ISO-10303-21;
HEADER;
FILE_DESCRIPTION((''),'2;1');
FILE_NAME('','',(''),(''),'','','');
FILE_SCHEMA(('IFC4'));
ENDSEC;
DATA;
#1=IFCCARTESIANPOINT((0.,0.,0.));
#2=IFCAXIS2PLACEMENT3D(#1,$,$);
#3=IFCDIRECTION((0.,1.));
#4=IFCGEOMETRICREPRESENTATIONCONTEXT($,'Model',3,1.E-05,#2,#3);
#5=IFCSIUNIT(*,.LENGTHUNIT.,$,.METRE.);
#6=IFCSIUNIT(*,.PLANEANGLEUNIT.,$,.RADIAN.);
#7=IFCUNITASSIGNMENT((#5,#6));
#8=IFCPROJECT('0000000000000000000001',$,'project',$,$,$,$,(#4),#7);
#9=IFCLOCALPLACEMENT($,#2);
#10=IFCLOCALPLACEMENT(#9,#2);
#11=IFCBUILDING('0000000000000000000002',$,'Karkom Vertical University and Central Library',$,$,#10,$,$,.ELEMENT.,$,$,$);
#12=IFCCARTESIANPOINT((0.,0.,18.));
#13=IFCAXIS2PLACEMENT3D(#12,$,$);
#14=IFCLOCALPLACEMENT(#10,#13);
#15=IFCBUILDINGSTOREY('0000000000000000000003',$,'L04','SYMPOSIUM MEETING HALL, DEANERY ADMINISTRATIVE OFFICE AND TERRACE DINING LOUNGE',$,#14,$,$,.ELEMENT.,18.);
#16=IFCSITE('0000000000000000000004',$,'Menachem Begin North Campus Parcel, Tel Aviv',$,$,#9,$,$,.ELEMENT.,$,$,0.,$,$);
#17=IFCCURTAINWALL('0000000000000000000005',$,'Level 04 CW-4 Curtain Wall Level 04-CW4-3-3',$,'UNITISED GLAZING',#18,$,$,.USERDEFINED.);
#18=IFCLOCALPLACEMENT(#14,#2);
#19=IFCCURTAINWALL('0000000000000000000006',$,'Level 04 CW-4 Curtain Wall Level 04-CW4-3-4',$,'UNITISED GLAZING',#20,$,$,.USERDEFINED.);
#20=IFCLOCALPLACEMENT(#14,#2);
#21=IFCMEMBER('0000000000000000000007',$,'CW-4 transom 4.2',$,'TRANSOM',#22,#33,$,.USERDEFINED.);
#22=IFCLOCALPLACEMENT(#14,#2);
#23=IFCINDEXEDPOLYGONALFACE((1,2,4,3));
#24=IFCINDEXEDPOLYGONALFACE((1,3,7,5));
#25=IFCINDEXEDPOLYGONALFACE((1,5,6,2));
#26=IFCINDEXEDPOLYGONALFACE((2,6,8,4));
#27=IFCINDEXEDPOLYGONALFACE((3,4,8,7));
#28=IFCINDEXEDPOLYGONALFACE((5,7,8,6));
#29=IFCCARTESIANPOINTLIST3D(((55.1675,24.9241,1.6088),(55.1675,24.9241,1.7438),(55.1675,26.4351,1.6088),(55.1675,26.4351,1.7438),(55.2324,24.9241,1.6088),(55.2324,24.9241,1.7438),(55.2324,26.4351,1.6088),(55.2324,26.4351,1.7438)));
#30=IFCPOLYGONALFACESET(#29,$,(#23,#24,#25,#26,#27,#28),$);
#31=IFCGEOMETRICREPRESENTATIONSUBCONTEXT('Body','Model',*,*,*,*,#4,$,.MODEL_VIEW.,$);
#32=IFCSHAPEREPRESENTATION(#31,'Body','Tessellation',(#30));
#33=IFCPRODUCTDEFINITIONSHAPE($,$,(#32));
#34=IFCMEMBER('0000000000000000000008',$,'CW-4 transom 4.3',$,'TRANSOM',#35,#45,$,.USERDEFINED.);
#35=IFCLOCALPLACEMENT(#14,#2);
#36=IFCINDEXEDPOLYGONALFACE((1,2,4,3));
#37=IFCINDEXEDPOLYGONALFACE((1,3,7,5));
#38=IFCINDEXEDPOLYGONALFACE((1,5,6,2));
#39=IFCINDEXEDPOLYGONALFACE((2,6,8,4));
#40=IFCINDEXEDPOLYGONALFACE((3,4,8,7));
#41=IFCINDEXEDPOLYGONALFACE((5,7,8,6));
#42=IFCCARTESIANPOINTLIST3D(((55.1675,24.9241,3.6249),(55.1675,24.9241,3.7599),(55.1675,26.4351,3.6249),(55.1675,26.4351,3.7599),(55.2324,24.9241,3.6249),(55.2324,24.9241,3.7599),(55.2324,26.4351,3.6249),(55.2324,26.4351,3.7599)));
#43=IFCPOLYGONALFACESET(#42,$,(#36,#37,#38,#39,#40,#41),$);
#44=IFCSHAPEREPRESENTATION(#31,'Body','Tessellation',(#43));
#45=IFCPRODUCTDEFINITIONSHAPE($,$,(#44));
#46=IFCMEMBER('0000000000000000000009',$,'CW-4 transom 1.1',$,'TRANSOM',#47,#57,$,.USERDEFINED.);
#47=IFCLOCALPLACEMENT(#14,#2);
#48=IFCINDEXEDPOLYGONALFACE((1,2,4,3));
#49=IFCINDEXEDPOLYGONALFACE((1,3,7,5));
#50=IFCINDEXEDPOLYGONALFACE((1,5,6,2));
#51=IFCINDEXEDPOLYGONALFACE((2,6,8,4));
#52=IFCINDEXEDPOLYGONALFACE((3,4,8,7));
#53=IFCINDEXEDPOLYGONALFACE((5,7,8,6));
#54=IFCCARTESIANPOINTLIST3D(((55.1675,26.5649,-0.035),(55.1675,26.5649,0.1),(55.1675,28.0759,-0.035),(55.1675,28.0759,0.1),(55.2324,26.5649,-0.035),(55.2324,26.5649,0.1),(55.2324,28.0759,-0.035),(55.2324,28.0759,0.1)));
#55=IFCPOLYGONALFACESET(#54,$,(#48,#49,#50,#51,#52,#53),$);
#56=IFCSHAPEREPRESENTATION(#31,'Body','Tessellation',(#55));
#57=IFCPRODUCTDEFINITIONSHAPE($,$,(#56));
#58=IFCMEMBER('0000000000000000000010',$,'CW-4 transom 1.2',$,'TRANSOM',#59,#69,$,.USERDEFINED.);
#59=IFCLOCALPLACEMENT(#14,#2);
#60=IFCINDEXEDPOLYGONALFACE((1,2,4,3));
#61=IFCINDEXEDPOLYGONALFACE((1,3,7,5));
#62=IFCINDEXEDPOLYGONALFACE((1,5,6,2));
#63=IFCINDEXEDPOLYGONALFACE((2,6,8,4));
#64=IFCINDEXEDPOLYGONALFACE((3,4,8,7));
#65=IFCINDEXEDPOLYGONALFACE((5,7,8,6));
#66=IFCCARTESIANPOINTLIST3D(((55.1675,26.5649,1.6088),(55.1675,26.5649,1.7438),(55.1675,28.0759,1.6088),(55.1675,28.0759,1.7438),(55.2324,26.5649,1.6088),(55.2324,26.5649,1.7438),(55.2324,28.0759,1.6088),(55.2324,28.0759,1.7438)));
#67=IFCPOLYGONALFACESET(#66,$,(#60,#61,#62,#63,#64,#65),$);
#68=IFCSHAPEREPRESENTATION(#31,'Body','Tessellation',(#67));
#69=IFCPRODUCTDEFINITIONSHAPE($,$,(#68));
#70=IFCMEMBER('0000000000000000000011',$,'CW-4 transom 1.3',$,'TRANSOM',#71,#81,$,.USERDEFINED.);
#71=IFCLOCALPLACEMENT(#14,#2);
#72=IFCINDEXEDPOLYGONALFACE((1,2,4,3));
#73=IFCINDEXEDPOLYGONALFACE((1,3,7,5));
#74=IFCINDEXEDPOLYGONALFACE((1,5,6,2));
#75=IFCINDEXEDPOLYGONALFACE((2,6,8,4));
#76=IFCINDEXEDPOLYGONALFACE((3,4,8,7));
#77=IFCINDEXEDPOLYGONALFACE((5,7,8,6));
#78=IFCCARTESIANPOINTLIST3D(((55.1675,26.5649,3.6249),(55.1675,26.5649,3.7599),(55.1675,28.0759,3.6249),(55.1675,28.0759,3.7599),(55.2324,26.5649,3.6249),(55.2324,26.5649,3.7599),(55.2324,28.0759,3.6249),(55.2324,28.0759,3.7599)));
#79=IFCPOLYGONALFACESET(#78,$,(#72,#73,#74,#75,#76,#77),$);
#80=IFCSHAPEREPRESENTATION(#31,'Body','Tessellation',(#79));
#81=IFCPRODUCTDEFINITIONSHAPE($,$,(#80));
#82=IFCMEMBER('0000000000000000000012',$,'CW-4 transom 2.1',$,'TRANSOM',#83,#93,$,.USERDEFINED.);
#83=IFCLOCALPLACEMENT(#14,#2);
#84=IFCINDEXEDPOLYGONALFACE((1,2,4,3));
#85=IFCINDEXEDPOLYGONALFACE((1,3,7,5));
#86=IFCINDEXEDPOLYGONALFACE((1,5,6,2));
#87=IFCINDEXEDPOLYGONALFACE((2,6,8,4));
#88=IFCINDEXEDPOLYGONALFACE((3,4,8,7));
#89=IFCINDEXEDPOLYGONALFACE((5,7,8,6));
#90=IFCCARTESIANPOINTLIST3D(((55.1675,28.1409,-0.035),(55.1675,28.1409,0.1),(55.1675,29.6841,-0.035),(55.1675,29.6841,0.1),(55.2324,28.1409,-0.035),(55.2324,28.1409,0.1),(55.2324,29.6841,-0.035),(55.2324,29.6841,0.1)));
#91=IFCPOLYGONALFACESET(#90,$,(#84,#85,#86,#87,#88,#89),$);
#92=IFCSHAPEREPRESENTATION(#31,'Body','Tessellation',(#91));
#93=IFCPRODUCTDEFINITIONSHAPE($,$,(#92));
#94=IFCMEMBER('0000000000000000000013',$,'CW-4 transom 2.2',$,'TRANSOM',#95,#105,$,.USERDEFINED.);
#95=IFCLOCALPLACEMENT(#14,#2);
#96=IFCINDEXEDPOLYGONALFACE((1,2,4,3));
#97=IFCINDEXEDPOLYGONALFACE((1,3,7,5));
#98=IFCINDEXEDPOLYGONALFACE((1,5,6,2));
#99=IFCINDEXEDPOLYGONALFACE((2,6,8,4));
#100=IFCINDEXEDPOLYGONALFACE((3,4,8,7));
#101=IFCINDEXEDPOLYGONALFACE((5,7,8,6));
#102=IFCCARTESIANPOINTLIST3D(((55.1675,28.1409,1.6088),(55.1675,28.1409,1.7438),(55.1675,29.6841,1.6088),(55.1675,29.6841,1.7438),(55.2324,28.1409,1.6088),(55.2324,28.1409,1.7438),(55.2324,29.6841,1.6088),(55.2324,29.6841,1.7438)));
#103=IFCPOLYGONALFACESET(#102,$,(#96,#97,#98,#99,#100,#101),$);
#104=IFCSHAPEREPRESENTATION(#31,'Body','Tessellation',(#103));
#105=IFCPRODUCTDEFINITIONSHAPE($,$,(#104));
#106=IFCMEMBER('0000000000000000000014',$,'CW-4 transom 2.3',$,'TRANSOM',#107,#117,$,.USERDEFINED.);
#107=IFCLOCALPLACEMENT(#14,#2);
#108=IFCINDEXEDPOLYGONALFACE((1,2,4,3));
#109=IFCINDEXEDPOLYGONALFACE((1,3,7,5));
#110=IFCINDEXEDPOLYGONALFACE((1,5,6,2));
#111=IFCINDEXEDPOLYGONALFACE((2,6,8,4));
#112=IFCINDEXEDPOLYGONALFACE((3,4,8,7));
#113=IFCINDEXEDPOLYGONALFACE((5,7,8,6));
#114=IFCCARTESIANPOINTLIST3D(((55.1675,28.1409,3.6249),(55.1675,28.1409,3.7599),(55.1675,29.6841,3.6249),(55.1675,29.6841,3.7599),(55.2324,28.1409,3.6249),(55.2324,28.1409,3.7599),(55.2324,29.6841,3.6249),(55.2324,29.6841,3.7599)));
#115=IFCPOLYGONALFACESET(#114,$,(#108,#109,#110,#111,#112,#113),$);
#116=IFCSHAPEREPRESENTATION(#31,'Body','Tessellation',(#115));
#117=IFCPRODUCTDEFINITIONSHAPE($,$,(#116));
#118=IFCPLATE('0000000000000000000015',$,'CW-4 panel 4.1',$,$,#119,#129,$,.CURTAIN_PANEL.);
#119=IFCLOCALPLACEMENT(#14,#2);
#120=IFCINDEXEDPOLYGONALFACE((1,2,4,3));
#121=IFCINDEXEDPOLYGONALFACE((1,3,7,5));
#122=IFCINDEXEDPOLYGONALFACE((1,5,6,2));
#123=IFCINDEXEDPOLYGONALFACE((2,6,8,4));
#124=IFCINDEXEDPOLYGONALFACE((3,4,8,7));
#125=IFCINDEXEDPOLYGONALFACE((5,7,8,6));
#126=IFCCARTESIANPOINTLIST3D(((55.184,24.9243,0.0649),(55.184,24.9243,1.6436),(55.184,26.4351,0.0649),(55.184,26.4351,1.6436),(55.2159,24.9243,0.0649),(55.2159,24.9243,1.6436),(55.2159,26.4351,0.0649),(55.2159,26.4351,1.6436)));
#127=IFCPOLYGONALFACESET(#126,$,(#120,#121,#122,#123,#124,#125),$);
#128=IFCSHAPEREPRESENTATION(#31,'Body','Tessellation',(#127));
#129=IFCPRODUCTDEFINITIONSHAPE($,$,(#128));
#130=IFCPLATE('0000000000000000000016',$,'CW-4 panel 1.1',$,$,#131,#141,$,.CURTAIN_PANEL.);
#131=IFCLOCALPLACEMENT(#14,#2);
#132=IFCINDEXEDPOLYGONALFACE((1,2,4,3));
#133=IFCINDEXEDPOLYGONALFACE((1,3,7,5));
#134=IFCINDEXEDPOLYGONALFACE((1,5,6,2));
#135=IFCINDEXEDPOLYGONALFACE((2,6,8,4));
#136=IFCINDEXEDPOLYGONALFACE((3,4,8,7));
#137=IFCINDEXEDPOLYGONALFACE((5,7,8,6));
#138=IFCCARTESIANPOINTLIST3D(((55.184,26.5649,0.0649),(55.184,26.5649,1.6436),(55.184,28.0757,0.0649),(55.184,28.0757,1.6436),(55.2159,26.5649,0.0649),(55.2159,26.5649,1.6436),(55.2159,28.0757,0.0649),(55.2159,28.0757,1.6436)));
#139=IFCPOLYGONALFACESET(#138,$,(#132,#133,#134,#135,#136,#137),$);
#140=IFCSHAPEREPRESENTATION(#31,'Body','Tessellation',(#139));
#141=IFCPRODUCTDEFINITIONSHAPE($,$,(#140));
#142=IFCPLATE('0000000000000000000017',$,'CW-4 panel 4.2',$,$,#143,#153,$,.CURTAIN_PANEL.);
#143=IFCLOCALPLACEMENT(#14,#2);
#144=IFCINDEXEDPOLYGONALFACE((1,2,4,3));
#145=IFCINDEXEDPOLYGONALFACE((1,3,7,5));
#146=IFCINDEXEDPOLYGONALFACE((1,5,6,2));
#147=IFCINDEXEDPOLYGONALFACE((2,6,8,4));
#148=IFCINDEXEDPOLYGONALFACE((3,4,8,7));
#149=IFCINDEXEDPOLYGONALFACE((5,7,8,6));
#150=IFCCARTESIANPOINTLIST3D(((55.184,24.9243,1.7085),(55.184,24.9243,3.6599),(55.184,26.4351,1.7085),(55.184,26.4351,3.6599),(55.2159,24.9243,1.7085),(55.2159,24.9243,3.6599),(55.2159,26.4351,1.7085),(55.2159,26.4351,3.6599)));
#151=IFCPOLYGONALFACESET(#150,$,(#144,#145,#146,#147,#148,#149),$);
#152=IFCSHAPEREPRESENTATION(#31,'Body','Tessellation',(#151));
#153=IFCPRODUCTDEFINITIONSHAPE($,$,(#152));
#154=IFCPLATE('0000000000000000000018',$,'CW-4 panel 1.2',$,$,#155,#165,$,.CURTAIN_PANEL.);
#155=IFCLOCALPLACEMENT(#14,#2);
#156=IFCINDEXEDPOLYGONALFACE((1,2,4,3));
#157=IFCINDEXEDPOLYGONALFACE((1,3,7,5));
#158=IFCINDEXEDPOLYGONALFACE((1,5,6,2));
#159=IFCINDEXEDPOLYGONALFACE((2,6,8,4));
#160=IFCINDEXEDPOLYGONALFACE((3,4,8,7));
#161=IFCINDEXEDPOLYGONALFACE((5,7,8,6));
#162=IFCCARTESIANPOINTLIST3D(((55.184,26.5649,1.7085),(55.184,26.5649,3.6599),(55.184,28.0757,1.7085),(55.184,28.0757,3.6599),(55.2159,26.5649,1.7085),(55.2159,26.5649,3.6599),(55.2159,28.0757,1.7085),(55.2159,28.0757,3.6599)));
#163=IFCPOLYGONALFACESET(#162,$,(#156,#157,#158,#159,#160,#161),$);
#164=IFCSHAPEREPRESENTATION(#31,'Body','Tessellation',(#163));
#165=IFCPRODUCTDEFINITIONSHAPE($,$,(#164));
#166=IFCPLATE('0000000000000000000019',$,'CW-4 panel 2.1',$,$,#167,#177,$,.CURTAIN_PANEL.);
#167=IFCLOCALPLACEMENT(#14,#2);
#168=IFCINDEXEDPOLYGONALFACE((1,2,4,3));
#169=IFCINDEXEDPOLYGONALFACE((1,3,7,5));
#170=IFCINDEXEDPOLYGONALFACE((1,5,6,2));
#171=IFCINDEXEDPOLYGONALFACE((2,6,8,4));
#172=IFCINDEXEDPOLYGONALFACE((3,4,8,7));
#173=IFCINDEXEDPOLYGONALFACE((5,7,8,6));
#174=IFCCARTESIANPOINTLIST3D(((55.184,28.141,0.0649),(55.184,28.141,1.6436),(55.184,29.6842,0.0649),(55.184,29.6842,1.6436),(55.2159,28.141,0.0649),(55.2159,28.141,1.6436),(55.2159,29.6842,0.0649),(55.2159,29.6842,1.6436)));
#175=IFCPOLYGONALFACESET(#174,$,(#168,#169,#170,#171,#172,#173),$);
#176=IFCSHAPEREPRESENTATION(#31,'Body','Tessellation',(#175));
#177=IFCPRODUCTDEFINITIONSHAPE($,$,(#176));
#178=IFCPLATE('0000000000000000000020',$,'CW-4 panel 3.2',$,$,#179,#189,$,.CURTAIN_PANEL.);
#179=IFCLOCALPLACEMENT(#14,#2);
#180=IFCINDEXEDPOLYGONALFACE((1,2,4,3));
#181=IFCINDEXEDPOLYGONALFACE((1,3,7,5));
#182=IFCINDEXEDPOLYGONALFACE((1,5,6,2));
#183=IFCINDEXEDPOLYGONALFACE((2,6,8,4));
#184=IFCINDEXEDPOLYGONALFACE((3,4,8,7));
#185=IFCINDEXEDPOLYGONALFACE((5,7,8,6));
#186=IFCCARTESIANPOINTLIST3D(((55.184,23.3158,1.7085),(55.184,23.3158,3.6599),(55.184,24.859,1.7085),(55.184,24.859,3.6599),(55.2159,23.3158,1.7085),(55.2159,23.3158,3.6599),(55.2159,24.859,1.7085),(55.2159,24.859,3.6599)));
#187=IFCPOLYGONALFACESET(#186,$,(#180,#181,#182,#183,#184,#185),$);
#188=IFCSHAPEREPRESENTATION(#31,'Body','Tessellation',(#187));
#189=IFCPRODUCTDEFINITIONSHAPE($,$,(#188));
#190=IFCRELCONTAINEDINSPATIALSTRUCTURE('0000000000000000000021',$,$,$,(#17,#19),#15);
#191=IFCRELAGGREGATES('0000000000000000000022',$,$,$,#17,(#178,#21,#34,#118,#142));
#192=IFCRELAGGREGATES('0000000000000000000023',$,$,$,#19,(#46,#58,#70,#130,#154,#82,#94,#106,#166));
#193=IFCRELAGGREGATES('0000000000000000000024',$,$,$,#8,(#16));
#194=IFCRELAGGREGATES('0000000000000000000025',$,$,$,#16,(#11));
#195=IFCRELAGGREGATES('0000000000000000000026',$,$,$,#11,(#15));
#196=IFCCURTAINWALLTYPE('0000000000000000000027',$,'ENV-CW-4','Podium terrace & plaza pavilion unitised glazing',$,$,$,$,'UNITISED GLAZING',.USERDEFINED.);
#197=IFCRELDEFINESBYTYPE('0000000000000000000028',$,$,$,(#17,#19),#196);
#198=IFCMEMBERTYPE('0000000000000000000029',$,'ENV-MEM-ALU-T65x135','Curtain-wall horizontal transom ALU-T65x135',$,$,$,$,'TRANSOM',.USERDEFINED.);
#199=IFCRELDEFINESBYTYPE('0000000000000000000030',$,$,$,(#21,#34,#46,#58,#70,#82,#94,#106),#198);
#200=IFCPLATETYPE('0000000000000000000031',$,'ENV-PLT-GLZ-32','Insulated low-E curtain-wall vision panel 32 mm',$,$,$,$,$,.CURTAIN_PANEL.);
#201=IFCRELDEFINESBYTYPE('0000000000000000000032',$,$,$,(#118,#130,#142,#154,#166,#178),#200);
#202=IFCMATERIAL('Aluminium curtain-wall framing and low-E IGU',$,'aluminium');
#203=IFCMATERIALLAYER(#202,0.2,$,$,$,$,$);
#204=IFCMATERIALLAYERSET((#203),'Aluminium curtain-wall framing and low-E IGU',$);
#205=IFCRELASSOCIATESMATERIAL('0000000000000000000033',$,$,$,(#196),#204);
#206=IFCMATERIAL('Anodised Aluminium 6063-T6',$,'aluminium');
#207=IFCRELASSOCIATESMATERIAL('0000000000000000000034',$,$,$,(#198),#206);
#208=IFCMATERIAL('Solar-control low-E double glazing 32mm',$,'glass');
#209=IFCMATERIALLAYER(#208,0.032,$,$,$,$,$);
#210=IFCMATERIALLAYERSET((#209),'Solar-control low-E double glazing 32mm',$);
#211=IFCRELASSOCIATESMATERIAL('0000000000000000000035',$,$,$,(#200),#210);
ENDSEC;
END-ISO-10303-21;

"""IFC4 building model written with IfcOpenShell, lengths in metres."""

from ifc_helpers import new_model, si_unit, direction, frame, origin, origin_with_axes, origin_2d, place, context, subcontext, project, spatial, rectangle, extrude, source, transform, mapped, material, layer, layer_set, material_profile, profile_set, type_object, element, aggregate, save


model = new_model("IFC4")

# Units and contexts
model_context = context("Model", 3, precision=1e-05, world=origin(), true_north=direction((0.0, 1.0)))
body_context = subcontext(model_context, "Body", "Model", "MODEL_VIEW")
ifc_project = project(units=[si_unit("LENGTHUNIT", "METRE"), si_unit("PLANEANGLEUNIT", "RADIAN")], contexts=[model_context])

# Site, building, storey
site_placement = place(None, origin())
site = spatial("IfcSite", under=ifc_project, at=site_placement, Name="Menachem Begin North Campus Parcel, Tel Aviv", CompositionType="ELEMENT", RefElevation=0.0)
building_placement = place(site_placement, origin())
building = spatial("IfcBuilding", under=site, at=building_placement, Name="Karkom Vertical University and Central Library", CompositionType="ELEMENT")
storey_placement = place(building_placement, frame((0.0, 0.0, 18.0)))
storey = spatial("IfcBuildingStorey", under=building, at=storey_placement, Name="L04", Description="SYMPOSIUM MEETING HALL, DEANERY ADMINISTRATIVE OFFICE AND TERRACE DINING LOUNGE", CompositionType="ELEMENT", Elevation=18.0)

# Curtain walls
ifc_material_1 = material(Name="Aluminium curtain-wall framing and low-E IGU", Category="aluminium")
ifc_layer_1 = layer(ifc_material_1, 0.2)
ifc_layer_set_1 = layer_set([ifc_layer_1], Name="Aluminium curtain-wall framing and low-E IGU")
curtain_wall_type = type_object("IfcCurtainWallType", Name="ENV-CW-4", Description="Podium terrace & plaza pavilion unitised glazing", ElementType="UNITISED GLAZING", PredefinedType="USERDEFINED", material=ifc_layer_set_1)
curtain_wall_1_placement = place(storey_placement, origin())
curtain_wall_1 = element("IfcCurtainWall", 1, at=curtain_wall_1_placement, inside=storey, type_object=curtain_wall_type, Name="Level 04 CW-4 Curtain Wall Level 04-CW4-3-3", ObjectType="UNITISED GLAZING", PredefinedType="USERDEFINED")
ifc_material_2 = material(Name="Anodised Aluminium 6063-T6", Category="aluminium")
curtain_wall_2_placement = place(storey_placement, origin())
curtain_wall_2 = element("IfcCurtainWall", 2, at=curtain_wall_2_placement, inside=storey, type_object=curtain_wall_type, Name="Level 04 CW-4 Curtain Wall Level 04-CW4-3-4", ObjectType="UNITISED GLAZING", PredefinedType="USERDEFINED")

# Members
ifc_material_profile_1 = material_profile(ifc_material_2, rectangle(XDim=0.0649, YDim=0.135, at=origin_2d()), Name="ALU-T65x135")
ifc_profile_set_1 = profile_set([ifc_material_profile_1], Name="Anodised Aluminium 6063-T6")
member_type_1 = type_object("IfcMemberType", Name="ENV-MEM-ALU-T65x135", Description="Curtain-wall horizontal transom ALU-T65x135", ElementType="TRANSOM", PredefinedType="USERDEFINED", material=ifc_profile_set_1)
shared_shape_1 = source(origin_with_axes(), body_context, "Body", "SweptSolid", [
    extrude(rectangle(XDim=0.0649, YDim=0.135, at=origin_2d()), origin(), (0.0, 0.0, 1.0), 1.511),
])
member_1_placement = place(storey_placement, frame((55.2, 24.9241, 1.6763), z_axis=(0.0, 1.0, 0.0), x_axis=(-1.0, 0.0, 0.0)))
member_1 = element("IfcMember", 3, at=member_1_placement, type_object=member_type_1, Name="CW-4 transom 4.2", ObjectType="TRANSOM", PredefinedType="USERDEFINED", context=body_context, shape_type="MappedRepresentation", body=[
    mapped(shared_shape_1, transform((0.0, 0.0, 0.0), scale=1.0)),
])
member_2_placement = place(storey_placement, frame((55.2, 24.9241, 3.6924), z_axis=(0.0, 1.0, 0.0), x_axis=(-1.0, 0.0, 0.0)))
member_2 = element("IfcMember", 4, at=member_2_placement, type_object=member_type_1, Name="CW-4 transom 4.3", ObjectType="TRANSOM", PredefinedType="USERDEFINED", context=body_context, shape_type="MappedRepresentation", body=[
    mapped(shared_shape_1, transform((0.0, 0.0, 0.0), scale=1.0)),
])
member_3_placement = place(storey_placement, frame((55.2, 26.5649, 0.0325), z_axis=(0.0, 1.0, 0.0), x_axis=(-1.0, 0.0, 0.0)))
member_3 = element("IfcMember", 5, at=member_3_placement, type_object=member_type_1, Name="CW-4 transom 1.1", ObjectType="TRANSOM", PredefinedType="USERDEFINED", context=body_context, shape_type="MappedRepresentation", body=[
    mapped(shared_shape_1, transform((0.0, 0.0, 0.0), scale=1.0)),
])
member_4_placement = place(storey_placement, frame((55.2, 26.5649, 1.6763), z_axis=(0.0, 1.0, 0.0), x_axis=(-1.0, 0.0, 0.0)))
member_4 = element("IfcMember", 6, at=member_4_placement, type_object=member_type_1, Name="CW-4 transom 1.2", ObjectType="TRANSOM", PredefinedType="USERDEFINED", context=body_context, shape_type="MappedRepresentation", body=[
    mapped(shared_shape_1, transform((0.0, 0.0, 0.0), scale=1.0)),
])
member_5_placement = place(storey_placement, frame((55.2, 26.5649, 3.6924), z_axis=(0.0, 1.0, 0.0), x_axis=(-1.0, 0.0, 0.0)))
member_5 = element("IfcMember", 7, at=member_5_placement, type_object=member_type_1, Name="CW-4 transom 1.3", ObjectType="TRANSOM", PredefinedType="USERDEFINED", context=body_context, shape_type="MappedRepresentation", body=[
    mapped(shared_shape_1, transform((0.0, 0.0, 0.0), scale=1.0)),
])
shared_shape_2 = source(origin_with_axes(), body_context, "Body", "SweptSolid", [
    extrude(rectangle(XDim=0.0649, YDim=0.135, at=origin_2d()), origin(), (0.0, 0.0, 1.0), 1.5432),
])
member_6_placement = place(storey_placement, frame((55.2, 28.1409, 0.0325), z_axis=(0.0, 1.0, 0.0), x_axis=(-1.0, 0.0, 0.0)))
member_6 = element("IfcMember", 8, at=member_6_placement, type_object=member_type_1, Name="CW-4 transom 2.1", ObjectType="TRANSOM", PredefinedType="USERDEFINED", context=body_context, shape_type="MappedRepresentation", body=[
    mapped(shared_shape_2, transform((0.0, 0.0, 0.0), scale=1.0)),
])
member_7_placement = place(storey_placement, frame((55.2, 28.1409, 1.6763), z_axis=(0.0, 1.0, 0.0), x_axis=(-1.0, 0.0, 0.0)))
member_7 = element("IfcMember", 9, at=member_7_placement, type_object=member_type_1, Name="CW-4 transom 2.2", ObjectType="TRANSOM", PredefinedType="USERDEFINED", context=body_context, shape_type="MappedRepresentation", body=[
    mapped(shared_shape_2, transform((0.0, 0.0, 0.0), scale=1.0)),
])
member_8_placement = place(storey_placement, frame((55.2, 28.1409, 3.6924), z_axis=(0.0, 1.0, 0.0), x_axis=(-1.0, 0.0, 0.0)))
member_8 = element("IfcMember", 10, at=member_8_placement, type_object=member_type_1, Name="CW-4 transom 2.3", ObjectType="TRANSOM", PredefinedType="USERDEFINED", context=body_context, shape_type="MappedRepresentation", body=[
    mapped(shared_shape_2, transform((0.0, 0.0, 0.0), scale=1.0)),
])

# Plates
ifc_material_3 = material(Name="Solar-control low-E double glazing 32mm", Category="glass")
ifc_layer_2 = layer(ifc_material_3, 0.032)
ifc_layer_set_2 = layer_set([ifc_layer_2], Name="Solar-control low-E double glazing 32mm")
plate_type = type_object("IfcPlateType", Name="ENV-PLT-GLZ-32", Description="Insulated low-E curtain-wall vision panel 32 mm", PredefinedType="CURTAIN_PANEL", material=ifc_layer_set_2)
shared_shape_3 = source(origin_with_axes(), body_context, "Body", "SweptSolid", [
    extrude(rectangle(XDim=1.5107, YDim=0.032, at=origin_2d()), origin(), (0.0, 0.0, 1.0), 1.5786),
])
plate_1_placement = place(storey_placement, frame((55.2, 25.6797, 0.0649), z_axis=(0.0, 0.0, 1.0), x_axis=(0.0, 1.0, 0.0)))
plate_1 = element("IfcPlate", 11, at=plate_1_placement, type_object=plate_type, Name="CW-4 panel 4.1", PredefinedType="CURTAIN_PANEL", context=body_context, shape_type="MappedRepresentation", body=[
    mapped(shared_shape_3, transform((0.0, 0.0, 0.0), scale=1.0)),
])
plate_2_placement = place(storey_placement, frame((55.2, 27.3203, 0.0649), z_axis=(0.0, 0.0, 1.0), x_axis=(0.0, 1.0, 0.0)))
plate_2 = element("IfcPlate", 12, at=plate_2_placement, type_object=plate_type, Name="CW-4 panel 1.1", PredefinedType="CURTAIN_PANEL", context=body_context, shape_type="MappedRepresentation", body=[
    mapped(shared_shape_3, transform((0.0, 0.0, 0.0), scale=1.0)),
])
shared_shape_4 = source(origin_with_axes(), body_context, "Body", "SweptSolid", [
    extrude(rectangle(XDim=1.5107, YDim=0.032, at=origin_2d()), origin(), (0.0, 0.0, 1.0), 1.9514),
])
plate_3_placement = place(storey_placement, frame((55.2, 25.6797, 1.7085), z_axis=(0.0, 0.0, 1.0), x_axis=(0.0, 1.0, 0.0)))
plate_3 = element("IfcPlate", 13, at=plate_3_placement, type_object=plate_type, Name="CW-4 panel 4.2", PredefinedType="CURTAIN_PANEL", context=body_context, shape_type="MappedRepresentation", body=[
    mapped(shared_shape_4, transform((0.0, 0.0, 0.0), scale=1.0)),
])
plate_4_placement = place(storey_placement, frame((55.2, 27.3203, 1.7085), z_axis=(0.0, 0.0, 1.0), x_axis=(0.0, 1.0, 0.0)))
plate_4 = element("IfcPlate", 14, at=plate_4_placement, type_object=plate_type, Name="CW-4 panel 1.2", PredefinedType="CURTAIN_PANEL", context=body_context, shape_type="MappedRepresentation", body=[
    mapped(shared_shape_4, transform((0.0, 0.0, 0.0), scale=1.0)),
])
shared_shape_5 = source(origin_with_axes(), body_context, "Body", "SweptSolid", [
    extrude(rectangle(XDim=1.5432, YDim=0.032, at=origin_2d()), origin(), (0.0, 0.0, 1.0), 1.5786),
])
plate_5_placement = place(storey_placement, frame((55.2, 28.9126, 0.0649), z_axis=(0.0, 0.0, 1.0), x_axis=(0.0, 1.0, 0.0)))
plate_5 = element("IfcPlate", 15, at=plate_5_placement, type_object=plate_type, Name="CW-4 panel 2.1", PredefinedType="CURTAIN_PANEL", context=body_context, shape_type="MappedRepresentation", body=[
    mapped(shared_shape_5, transform((0.0, 0.0, 0.0), scale=1.0)),
])
shared_shape_6 = source(origin_with_axes(), body_context, "Body", "SweptSolid", [
    extrude(rectangle(XDim=1.5432, YDim=0.032, at=origin_2d()), origin(), (0.0, 0.0, 1.0), 1.9514),
])
plate_6_placement = place(storey_placement, frame((55.2, 24.0874, 1.7085), z_axis=(0.0, 0.0, 1.0), x_axis=(0.0, 1.0, 0.0)))
plate_6 = element("IfcPlate", 16, at=plate_6_placement, type_object=plate_type, Name="CW-4 panel 3.2", PredefinedType="CURTAIN_PANEL", context=body_context, shape_type="MappedRepresentation", body=[
    mapped(shared_shape_6, transform((0.0, 0.0, 0.0), scale=1.0)),
])
aggregate(curtain_wall_1, [plate_6, member_1, member_2, plate_1, plate_3])
aggregate(curtain_wall_2, [member_3, member_4, member_5, plate_2, plate_4, member_6, member_7, member_8, plate_5])

save(model, "model.ifc")
